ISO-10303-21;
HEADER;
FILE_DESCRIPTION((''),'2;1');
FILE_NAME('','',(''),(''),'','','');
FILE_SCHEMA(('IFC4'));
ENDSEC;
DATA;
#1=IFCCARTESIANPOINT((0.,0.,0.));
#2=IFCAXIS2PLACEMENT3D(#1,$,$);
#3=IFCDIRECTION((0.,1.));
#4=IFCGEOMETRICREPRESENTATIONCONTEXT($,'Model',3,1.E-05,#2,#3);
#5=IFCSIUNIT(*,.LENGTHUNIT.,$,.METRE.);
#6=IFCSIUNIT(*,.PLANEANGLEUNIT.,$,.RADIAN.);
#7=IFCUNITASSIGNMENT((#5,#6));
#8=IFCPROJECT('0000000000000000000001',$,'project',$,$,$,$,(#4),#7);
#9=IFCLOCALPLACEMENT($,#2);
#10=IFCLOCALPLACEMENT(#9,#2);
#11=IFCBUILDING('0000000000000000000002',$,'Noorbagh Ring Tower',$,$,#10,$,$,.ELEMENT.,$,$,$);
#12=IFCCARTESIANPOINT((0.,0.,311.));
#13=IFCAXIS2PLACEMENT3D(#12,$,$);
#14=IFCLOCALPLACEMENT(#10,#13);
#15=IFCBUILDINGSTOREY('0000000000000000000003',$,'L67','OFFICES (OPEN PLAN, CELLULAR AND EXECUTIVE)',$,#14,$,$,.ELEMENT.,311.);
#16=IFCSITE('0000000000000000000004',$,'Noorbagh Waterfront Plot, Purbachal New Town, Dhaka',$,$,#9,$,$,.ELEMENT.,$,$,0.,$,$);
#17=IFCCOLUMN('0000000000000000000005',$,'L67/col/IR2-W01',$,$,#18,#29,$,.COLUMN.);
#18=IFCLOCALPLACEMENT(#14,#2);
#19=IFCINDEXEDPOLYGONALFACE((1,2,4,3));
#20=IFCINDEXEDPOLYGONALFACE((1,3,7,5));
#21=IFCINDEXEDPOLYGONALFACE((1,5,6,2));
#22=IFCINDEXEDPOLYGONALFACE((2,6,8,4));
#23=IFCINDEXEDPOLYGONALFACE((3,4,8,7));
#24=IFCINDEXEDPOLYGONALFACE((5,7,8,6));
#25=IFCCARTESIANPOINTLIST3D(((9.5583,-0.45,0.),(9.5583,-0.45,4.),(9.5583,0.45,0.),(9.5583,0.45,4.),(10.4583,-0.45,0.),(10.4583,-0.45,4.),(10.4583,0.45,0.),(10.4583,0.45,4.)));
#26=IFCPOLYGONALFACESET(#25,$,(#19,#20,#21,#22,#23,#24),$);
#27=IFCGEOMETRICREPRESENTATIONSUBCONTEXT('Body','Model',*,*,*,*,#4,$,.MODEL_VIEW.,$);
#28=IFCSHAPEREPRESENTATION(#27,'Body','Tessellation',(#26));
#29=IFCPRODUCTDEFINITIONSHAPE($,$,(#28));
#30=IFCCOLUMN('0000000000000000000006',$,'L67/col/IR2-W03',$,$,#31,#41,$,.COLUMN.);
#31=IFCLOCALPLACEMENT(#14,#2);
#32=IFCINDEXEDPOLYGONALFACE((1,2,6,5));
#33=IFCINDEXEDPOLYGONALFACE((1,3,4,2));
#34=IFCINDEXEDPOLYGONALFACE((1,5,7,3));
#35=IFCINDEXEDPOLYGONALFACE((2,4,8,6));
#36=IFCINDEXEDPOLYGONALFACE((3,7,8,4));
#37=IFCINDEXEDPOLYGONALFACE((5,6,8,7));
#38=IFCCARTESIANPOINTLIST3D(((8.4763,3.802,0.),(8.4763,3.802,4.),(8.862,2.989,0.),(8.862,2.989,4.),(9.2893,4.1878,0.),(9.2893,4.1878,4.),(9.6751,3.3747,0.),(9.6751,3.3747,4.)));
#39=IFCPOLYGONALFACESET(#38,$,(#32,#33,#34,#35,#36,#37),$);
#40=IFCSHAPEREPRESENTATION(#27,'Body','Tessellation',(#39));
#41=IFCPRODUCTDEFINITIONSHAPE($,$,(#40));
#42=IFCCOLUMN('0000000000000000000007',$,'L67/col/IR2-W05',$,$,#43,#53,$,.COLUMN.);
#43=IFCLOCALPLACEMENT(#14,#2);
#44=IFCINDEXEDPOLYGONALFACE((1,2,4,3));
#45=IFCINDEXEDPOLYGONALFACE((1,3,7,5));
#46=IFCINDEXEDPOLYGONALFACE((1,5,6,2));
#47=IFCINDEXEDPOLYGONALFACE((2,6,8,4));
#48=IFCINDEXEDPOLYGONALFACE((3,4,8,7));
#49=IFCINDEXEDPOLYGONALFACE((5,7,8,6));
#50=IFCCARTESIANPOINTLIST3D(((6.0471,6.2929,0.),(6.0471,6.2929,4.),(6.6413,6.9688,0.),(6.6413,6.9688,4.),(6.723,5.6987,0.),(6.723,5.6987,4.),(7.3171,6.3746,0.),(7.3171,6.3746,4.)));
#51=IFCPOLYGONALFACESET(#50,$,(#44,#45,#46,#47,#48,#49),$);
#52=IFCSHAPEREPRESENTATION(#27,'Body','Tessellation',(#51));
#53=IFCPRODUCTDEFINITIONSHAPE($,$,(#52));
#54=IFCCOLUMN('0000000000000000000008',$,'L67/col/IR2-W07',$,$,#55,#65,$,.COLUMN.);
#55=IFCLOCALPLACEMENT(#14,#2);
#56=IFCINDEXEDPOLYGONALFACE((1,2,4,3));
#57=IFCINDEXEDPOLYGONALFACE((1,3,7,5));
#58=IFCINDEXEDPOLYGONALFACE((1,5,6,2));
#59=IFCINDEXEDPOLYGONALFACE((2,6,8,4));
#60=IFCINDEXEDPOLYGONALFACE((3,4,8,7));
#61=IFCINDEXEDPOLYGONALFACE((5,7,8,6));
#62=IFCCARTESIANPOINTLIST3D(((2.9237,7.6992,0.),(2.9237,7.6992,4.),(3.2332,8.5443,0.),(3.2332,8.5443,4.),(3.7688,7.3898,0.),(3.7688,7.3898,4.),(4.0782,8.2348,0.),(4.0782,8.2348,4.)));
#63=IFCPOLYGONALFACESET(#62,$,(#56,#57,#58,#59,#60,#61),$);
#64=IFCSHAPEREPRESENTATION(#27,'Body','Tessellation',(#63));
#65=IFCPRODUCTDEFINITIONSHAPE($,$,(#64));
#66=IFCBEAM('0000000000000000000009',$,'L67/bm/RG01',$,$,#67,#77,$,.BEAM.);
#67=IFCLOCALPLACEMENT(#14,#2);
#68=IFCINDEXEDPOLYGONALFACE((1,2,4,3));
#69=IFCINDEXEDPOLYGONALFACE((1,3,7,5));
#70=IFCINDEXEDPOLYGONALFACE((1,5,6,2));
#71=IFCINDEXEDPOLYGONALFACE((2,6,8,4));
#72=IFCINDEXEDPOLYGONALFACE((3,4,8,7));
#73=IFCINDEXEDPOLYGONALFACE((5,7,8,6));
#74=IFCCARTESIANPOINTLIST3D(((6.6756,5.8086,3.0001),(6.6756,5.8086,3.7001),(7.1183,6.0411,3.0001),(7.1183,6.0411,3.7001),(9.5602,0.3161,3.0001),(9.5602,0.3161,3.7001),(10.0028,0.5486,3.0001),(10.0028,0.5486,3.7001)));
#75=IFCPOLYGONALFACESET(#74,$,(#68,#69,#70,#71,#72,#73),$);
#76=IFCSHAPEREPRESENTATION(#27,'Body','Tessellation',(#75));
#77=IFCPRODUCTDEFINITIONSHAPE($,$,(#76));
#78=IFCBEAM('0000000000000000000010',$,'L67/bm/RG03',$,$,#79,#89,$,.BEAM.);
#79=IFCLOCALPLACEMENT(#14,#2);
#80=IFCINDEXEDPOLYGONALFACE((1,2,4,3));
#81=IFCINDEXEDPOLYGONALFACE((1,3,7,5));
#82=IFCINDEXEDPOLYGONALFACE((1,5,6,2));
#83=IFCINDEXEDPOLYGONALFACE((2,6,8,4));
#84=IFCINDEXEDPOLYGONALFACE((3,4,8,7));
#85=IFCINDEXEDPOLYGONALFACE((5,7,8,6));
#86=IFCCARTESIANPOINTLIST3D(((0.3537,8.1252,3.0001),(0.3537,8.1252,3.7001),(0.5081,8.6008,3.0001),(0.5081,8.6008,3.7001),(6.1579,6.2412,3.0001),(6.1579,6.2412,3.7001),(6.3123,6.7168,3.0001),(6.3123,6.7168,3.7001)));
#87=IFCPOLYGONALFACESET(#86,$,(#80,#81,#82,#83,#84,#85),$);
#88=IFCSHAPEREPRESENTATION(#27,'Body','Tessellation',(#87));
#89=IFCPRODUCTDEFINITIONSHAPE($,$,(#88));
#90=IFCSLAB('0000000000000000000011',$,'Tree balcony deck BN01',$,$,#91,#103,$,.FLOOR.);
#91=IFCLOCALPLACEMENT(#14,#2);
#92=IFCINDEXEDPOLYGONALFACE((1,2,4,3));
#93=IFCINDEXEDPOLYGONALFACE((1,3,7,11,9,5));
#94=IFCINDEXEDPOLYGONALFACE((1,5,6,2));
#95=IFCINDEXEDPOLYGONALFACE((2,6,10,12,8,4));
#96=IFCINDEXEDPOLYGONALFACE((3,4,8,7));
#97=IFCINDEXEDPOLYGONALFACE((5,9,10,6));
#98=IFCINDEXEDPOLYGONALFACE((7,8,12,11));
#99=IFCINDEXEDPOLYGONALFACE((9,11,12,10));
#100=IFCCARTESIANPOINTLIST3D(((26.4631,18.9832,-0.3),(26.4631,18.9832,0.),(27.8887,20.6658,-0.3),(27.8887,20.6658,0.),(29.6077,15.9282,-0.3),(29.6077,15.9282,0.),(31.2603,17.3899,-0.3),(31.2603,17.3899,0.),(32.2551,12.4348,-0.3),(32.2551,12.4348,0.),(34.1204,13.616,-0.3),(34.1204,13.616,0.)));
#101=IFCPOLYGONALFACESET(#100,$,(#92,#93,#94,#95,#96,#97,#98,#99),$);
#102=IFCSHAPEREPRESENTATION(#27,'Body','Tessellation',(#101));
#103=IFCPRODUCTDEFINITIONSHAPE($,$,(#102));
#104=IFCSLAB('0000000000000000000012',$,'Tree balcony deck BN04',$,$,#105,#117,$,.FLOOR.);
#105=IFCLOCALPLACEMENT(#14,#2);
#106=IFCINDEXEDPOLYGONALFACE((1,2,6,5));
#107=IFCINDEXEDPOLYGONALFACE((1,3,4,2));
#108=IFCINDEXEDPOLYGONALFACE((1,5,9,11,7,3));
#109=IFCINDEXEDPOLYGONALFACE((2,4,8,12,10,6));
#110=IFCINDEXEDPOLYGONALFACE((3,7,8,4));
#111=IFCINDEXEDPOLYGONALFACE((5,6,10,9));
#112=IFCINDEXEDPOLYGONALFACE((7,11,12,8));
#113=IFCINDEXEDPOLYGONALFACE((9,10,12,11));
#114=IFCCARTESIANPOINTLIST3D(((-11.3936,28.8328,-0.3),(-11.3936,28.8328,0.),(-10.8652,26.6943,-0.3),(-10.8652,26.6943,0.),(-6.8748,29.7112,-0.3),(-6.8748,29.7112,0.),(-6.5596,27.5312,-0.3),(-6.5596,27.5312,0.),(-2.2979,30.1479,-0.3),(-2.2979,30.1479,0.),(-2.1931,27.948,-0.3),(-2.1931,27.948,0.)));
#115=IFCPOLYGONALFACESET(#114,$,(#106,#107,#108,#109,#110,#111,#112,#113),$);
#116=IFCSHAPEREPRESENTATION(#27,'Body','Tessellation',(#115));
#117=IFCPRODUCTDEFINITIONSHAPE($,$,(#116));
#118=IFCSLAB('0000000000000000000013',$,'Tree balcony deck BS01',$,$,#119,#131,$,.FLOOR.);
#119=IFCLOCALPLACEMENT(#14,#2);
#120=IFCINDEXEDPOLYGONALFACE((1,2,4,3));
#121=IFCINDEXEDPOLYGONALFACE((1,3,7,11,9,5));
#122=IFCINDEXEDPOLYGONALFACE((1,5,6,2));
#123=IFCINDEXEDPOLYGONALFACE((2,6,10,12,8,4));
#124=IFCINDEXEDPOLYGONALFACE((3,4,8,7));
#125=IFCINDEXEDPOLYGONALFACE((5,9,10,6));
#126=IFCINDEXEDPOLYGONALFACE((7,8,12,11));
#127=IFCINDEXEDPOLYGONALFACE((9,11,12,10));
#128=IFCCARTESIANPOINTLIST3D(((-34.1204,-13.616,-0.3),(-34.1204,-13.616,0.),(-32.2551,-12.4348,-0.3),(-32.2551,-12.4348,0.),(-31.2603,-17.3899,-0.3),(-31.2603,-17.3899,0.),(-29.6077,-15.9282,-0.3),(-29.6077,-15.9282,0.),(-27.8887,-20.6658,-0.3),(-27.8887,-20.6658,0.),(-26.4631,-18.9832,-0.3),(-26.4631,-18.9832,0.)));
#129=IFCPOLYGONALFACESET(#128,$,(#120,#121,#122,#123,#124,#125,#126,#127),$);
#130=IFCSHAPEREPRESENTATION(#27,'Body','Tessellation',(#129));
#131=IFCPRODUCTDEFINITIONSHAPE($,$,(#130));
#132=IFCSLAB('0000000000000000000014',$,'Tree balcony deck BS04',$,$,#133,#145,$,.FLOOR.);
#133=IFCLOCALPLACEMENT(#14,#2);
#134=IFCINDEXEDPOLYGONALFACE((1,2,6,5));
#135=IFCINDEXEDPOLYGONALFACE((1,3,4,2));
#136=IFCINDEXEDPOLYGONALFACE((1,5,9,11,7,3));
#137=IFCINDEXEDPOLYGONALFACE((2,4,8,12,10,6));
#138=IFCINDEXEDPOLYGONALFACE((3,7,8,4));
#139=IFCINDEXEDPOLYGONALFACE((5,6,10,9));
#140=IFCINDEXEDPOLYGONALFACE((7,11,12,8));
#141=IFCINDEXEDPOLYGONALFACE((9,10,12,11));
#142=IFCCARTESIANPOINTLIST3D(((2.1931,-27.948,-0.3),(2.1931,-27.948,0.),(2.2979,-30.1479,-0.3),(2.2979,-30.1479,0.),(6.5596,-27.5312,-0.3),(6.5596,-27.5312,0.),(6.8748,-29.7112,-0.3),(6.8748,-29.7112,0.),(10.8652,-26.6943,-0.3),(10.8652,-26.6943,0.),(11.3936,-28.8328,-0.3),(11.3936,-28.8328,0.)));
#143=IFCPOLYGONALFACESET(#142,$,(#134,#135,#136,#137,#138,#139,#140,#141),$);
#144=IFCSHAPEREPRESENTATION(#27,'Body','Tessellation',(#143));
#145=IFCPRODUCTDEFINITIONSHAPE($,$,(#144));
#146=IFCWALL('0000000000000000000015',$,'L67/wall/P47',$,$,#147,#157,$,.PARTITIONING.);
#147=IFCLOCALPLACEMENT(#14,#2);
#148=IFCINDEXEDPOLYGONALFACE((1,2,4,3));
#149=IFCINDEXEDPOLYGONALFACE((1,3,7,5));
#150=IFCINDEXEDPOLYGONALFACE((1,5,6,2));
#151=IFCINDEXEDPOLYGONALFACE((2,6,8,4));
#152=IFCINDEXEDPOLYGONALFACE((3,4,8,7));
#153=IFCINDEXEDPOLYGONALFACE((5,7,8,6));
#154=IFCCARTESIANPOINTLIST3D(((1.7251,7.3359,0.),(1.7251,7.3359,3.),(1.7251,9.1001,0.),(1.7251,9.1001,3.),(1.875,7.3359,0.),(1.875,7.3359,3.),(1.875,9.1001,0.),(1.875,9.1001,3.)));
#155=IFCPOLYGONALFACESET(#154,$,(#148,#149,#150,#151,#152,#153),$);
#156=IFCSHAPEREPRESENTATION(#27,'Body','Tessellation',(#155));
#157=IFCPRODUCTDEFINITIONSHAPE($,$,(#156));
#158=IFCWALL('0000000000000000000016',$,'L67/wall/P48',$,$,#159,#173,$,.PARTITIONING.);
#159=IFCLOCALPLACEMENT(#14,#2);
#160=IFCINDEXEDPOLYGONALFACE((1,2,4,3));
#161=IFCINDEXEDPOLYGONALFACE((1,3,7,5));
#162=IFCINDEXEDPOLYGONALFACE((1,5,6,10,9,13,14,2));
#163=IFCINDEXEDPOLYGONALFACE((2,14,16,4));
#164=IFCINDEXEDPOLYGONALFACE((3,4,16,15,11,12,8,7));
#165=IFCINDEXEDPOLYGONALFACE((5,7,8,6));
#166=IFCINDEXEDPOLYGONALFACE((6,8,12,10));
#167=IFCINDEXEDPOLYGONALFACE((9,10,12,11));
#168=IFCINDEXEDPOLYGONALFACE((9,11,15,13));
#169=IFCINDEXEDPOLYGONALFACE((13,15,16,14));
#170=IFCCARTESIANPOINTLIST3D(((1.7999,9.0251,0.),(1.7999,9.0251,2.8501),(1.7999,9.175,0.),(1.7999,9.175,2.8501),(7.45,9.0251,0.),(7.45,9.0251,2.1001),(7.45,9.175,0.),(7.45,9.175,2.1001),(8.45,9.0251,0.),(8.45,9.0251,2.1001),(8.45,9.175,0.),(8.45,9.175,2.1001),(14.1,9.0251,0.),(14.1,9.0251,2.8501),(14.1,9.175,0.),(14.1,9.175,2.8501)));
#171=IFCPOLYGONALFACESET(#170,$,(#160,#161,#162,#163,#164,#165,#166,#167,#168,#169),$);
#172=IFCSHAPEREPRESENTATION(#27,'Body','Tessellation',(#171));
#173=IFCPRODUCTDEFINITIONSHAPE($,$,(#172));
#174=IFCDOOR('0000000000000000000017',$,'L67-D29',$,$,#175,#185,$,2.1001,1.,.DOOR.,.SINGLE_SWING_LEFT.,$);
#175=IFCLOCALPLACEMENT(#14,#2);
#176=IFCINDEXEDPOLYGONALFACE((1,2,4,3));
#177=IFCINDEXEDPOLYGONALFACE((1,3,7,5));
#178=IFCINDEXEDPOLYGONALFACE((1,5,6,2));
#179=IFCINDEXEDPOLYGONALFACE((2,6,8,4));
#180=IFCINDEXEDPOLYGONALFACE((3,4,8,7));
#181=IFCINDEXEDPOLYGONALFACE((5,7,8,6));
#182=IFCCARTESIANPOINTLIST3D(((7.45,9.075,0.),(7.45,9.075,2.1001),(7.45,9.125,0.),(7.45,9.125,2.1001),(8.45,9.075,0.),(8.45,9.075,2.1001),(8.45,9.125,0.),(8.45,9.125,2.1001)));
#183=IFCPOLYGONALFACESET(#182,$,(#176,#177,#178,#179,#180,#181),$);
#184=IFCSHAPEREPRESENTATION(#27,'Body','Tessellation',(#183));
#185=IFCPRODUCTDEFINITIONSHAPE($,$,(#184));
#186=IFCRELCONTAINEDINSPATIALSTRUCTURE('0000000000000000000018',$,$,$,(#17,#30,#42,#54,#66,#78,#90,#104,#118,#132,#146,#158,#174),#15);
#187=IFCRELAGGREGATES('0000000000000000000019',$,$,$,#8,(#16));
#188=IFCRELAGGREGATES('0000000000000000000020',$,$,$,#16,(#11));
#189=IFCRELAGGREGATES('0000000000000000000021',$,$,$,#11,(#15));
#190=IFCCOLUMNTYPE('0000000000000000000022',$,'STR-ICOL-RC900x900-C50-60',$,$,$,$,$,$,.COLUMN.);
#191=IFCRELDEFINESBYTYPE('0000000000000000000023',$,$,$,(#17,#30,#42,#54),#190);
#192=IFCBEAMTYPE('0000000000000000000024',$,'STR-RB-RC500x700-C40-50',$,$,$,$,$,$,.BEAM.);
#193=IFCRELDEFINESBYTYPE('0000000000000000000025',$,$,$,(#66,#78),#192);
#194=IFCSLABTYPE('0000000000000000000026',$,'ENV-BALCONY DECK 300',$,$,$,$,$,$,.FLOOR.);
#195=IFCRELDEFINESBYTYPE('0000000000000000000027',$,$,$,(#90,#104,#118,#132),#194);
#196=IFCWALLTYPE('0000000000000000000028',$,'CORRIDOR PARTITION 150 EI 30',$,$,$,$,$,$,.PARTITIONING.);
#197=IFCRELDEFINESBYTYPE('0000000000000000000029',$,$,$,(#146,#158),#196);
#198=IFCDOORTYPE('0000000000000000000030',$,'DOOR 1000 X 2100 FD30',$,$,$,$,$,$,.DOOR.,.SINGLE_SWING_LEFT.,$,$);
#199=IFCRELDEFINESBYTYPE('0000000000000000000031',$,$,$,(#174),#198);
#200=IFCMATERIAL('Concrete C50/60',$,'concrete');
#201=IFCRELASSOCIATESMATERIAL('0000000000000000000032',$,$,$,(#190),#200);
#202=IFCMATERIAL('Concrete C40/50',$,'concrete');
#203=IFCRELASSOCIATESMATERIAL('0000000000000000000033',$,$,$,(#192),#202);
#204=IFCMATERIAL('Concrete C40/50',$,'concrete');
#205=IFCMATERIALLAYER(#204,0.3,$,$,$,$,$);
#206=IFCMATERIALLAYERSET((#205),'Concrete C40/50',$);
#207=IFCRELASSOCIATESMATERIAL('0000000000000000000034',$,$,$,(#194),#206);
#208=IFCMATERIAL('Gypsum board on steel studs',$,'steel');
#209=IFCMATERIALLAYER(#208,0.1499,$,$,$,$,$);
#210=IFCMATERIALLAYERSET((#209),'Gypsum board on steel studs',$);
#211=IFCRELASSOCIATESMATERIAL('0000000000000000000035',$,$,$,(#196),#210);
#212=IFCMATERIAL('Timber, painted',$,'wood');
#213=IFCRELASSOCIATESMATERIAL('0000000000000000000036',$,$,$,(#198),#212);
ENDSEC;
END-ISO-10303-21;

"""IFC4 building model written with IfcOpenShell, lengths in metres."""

from ifc_helpers import new_model, si_unit, direction, frame, frame_2d, origin, origin_2d, place, context, subcontext, project, spatial, polyline, rectangle, outline, extrude, material, layer, layer_set, material_profile, profile_set, type_object, element, fill, save


model = new_model("IFC4")

# Units and contexts
model_context = context("Model", 3, precision=1e-05, world=origin(), true_north=direction((0.0, 1.0)))
body_context = subcontext(model_context, "Body", "Model", "MODEL_VIEW")
ifc_project = project(units=[si_unit("LENGTHUNIT", "METRE"), si_unit("PLANEANGLEUNIT", "RADIAN")], contexts=[model_context])

# Site, building, storey
site_placement = place(None, origin())
site = spatial("IfcSite", under=ifc_project, at=site_placement, Name="Noorbagh Waterfront Plot, Purbachal New Town, Dhaka", CompositionType="ELEMENT", RefElevation=0.0)
building_placement = place(site_placement, origin())
building = spatial("IfcBuilding", under=site, at=building_placement, Name="Noorbagh Ring Tower", CompositionType="ELEMENT")
storey_placement = place(building_placement, frame((0.0, 0.0, 311.0)))
storey = spatial("IfcBuildingStorey", under=building, at=storey_placement, Name="L67", Description="OFFICES (OPEN PLAN, CELLULAR AND EXECUTIVE)", CompositionType="ELEMENT", Elevation=311.0)

# Columns
ifc_material_1 = material(Name="Concrete C50/60", Category="concrete")
ifc_material_profile_1 = material_profile(ifc_material_1, rectangle(XDim=0.8999, YDim=0.8999, at=origin_2d()), Name="RC900x900")
ifc_profile_set_1 = profile_set([ifc_material_profile_1], Name="Concrete C50/60")
column_type = type_object("IfcColumnType", Name="STR-ICOL-RC900x900-C50-60", PredefinedType="COLUMN", material=ifc_profile_set_1)
for number, where, z_axis, x_axis, name in (
    (1, (10.0083, 0.0, 0.0), (0.0, 0.0, 1.0), (0.0, 1.0, 0.0), "L67/col/IR2-W01"),
    (2, (9.0757, 3.5884, 0.0), (0.0, 0.0, 1.0), (-0.428667, 0.903463, 0.0), "L67/col/IR2-W03"),
    (3, (6.6821, 6.3337, 0.0), (0.0, 0.0, 1.0), (-0.751022, 0.660277, 0.0), "L67/col/IR2-W05"),
    (4, (3.501, 7.967, 0.0), (0.0, 0.0, 1.0), (-0.93902, 0.343864, 0.0), "L67/col/IR2-W07"),
):
    element("IfcColumn", number, at=place(storey_placement, frame(where, z_axis=z_axis, x_axis=x_axis)), inside=storey, type_object=column_type, Name=name, PredefinedType="COLUMN", context=body_context, shape_type="SweptSolid", body=[
        extrude(rectangle(XDim=0.8999, YDim=0.8999, at=origin_2d()), origin(), (0.0, 0.0, 1.0), 4.0),
    ])

# Beams
ifc_material_2 = material(Name="Concrete C40/50", Category="concrete")
ifc_material_profile_2 = material_profile(ifc_material_2, rectangle(XDim=0.5, YDim=0.7, at=origin_2d()), Name="RC500x700")
ifc_profile_set_2 = profile_set([ifc_material_profile_2], Name="Concrete C40/50")
beam_type = type_object("IfcBeamType", Name="STR-RB-RC500x700-C40-50", PredefinedType="BEAM", material=ifc_profile_set_2)
beam_1_placement = place(storey_placement, frame((9.7815, 0.4324, 3.3501), z_axis=(-0.46496, 0.885332, 0.0), x_axis=(-0.885332, -0.46496, 0.0)))
element("IfcBeam", 5, at=beam_1_placement, inside=storey, type_object=beam_type, Name="L67/bm/RG01", PredefinedType="BEAM", context=body_context, shape_type="SweptSolid", body=[
    extrude(rectangle(XDim=0.5, YDim=0.7, at=origin_2d()), origin(), (0.0, 0.0, 1.0), 6.2039),
])
beam_2_placement = place(storey_placement, frame((6.2351, 6.479, 3.3501), z_axis=(-0.951146, 0.30874, 0.0), x_axis=(-0.30874, -0.951146, 0.0)))
element("IfcBeam", 6, at=beam_2_placement, inside=storey, type_object=beam_type, Name="L67/bm/RG03", PredefinedType="BEAM", context=body_context, shape_type="SweptSolid", body=[
    extrude(rectangle(XDim=0.5, YDim=0.7, at=origin_2d()), origin(), (0.0, 0.0, 1.0), 6.1023),
])

# Slabs
ifc_material_3 = material(Name="Concrete C40/50", Category="concrete")
ifc_layer_1 = layer(ifc_material_3, 0.3)
ifc_layer_set_1 = layer_set([ifc_layer_1], Name="Concrete C40/50")
slab_type = type_object("IfcSlabType", Name="ENV-BALCONY DECK 300", PredefinedType="FLOOR", material=ifc_layer_set_1)
slab_1_placement = place(storey_placement, frame((0.0, 0.0, -0.3)))
element("IfcSlab", 7, at=slab_1_placement, inside=storey, type_object=slab_type, Name="Tree balcony deck BN01", PredefinedType="FLOOR", context=body_context, shape_type="SweptSolid", body=[
    extrude(outline(polyline([(34.1204, 13.616), (31.2603, 17.3899), (27.8887, 20.6658), (26.4631, 18.9832), (29.6077, 15.9282), (32.2551, 12.4348), (34.1204, 13.616)])), origin(), (0.0, 0.0, 1.0), 0.3),
])
slab_2_placement = place(storey_placement, frame((0.0, 0.0, -0.3)))
element("IfcSlab", 8, at=slab_2_placement, inside=storey, type_object=slab_type, Name="Tree balcony deck BN04", PredefinedType="FLOOR", context=body_context, shape_type="SweptSolid", body=[
    extrude(outline(polyline([(-2.2979, 30.1479), (-6.8748, 29.7112), (-11.3936, 28.8328), (-10.8652, 26.6943), (-6.5596, 27.5312), (-2.1931, 27.948), (-2.2979, 30.1479)])), origin(), (0.0, 0.0, 1.0), 0.3),
])
slab_3_placement = place(storey_placement, frame((0.0, 0.0, -0.3)))
element("IfcSlab", 9, at=slab_3_placement, inside=storey, type_object=slab_type, Name="Tree balcony deck BS01", PredefinedType="FLOOR", context=body_context, shape_type="SweptSolid", body=[
    extrude(outline(polyline([(-34.1204, -13.616), (-31.2603, -17.3899), (-27.8887, -20.6658), (-26.4631, -18.9832), (-29.6077, -15.9282), (-32.2551, -12.4348), (-34.1204, -13.616)])), origin(), (0.0, 0.0, 1.0), 0.3),
])
slab_4_placement = place(storey_placement, frame((0.0, 0.0, -0.3)))
element("IfcSlab", 10, at=slab_4_placement, inside=storey, type_object=slab_type, Name="Tree balcony deck BS04", PredefinedType="FLOOR", context=body_context, shape_type="SweptSolid", body=[
    extrude(outline(polyline([(2.2979, -30.1479), (6.8748, -29.7112), (11.3936, -28.8328), (10.8652, -26.6943), (6.5596, -27.5312), (2.1931, -27.948), (2.2979, -30.1479)])), origin(), (0.0, 0.0, 1.0), 0.3),
])

# Wall
ifc_material_4 = material(Name="Gypsum board on steel studs", Category="steel")
ifc_layer_2 = layer(ifc_material_4, 0.1499)
ifc_layer_set_2 = layer_set([ifc_layer_2], Name="Gypsum board on steel studs")
wall_type_1 = type_object("IfcWallType", Name="CORRIDOR PARTITION 150 EI 30", PredefinedType="PARTITIONING", material=ifc_layer_set_2)
wall_1_placement = place(storey_placement, frame((1.8, 7.3359, 0.0), z_axis=(0.0, 0.0, 1.0), x_axis=(0.0, 1.0, 0.0)))
element("IfcWall", 11, at=wall_1_placement, inside=storey, type_object=wall_type_1, Name="L67/wall/P47", PredefinedType="PARTITIONING", context=body_context, shape_type="SweptSolid", body=[
    extrude(rectangle(XDim=1.7642, YDim=0.1499, at=frame_2d((0.8821, 0.0))), origin(), (0.0, 0.0, 1.0), 3.0),
])

# Wall, opening, door
wall_2_placement = place(storey_placement, frame((1.8, 9.1001, 0.0), z_axis=(0.0, 0.0, 1.0), x_axis=(1.0, 0.0, 0.0)))
wall_2 = element("IfcWall", 12, at=wall_2_placement, inside=storey, type_object=wall_type_1, Name="L67/wall/P48", PredefinedType="PARTITIONING", context=body_context, shape_type="SweptSolid", body=[
    extrude(rectangle(XDim=12.3, YDim=0.1499, at=frame_2d((6.1499, 0.0))), origin(), (0.0, 0.0, 1.0), 2.8501),
])
opening_1_placement = place(wall_2_placement, frame((5.6499, 0.0, 0.0)))
opening_1 = element("IfcOpeningElement", 13, at=opening_1_placement, cuts=wall_2, PredefinedType="OPENING", context=body_context, shape_type="SweptSolid", body=[
    extrude(rectangle(XDim=1.0, YDim=2.1001, at=frame_2d((0.5, 1.05))), frame((0.0, 0.085, 0.0), z_axis=(0.0, -1.0, 0.0), x_axis=(1.0, 0.0, 0.0)), (0.0, 0.0, 1.0), 0.1699),
])
ifc_material_5 = material(Name="Timber, painted", Category="wood")
door_type = type_object("IfcDoorType", Name="DOOR 1000 X 2100 FD30", OperationType="SINGLE_SWING_LEFT", PredefinedType="DOOR", material=ifc_material_5)
door_1_placement = place(opening_1_placement, origin())
door_1 = element("IfcDoor", 14, at=door_1_placement, inside=storey, type_object=door_type, Name="L67-D29", OperationType="SINGLE_SWING_LEFT", OverallHeight=2.1001, OverallWidth=1.0, PredefinedType="DOOR", context=body_context, shape_type="SweptSolid", body=[
    extrude(rectangle(XDim=1.0, YDim=2.1001, at=frame_2d((0.5, 1.05))), frame((0.0, 0.0249, 0.0), z_axis=(0.0, -1.0, 0.0), x_axis=(1.0, 0.0, 0.0)), (0.0, 0.0, 1.0), 0.05),
])
fill(opening_1, door_1)

save(model, "model.ifc")
